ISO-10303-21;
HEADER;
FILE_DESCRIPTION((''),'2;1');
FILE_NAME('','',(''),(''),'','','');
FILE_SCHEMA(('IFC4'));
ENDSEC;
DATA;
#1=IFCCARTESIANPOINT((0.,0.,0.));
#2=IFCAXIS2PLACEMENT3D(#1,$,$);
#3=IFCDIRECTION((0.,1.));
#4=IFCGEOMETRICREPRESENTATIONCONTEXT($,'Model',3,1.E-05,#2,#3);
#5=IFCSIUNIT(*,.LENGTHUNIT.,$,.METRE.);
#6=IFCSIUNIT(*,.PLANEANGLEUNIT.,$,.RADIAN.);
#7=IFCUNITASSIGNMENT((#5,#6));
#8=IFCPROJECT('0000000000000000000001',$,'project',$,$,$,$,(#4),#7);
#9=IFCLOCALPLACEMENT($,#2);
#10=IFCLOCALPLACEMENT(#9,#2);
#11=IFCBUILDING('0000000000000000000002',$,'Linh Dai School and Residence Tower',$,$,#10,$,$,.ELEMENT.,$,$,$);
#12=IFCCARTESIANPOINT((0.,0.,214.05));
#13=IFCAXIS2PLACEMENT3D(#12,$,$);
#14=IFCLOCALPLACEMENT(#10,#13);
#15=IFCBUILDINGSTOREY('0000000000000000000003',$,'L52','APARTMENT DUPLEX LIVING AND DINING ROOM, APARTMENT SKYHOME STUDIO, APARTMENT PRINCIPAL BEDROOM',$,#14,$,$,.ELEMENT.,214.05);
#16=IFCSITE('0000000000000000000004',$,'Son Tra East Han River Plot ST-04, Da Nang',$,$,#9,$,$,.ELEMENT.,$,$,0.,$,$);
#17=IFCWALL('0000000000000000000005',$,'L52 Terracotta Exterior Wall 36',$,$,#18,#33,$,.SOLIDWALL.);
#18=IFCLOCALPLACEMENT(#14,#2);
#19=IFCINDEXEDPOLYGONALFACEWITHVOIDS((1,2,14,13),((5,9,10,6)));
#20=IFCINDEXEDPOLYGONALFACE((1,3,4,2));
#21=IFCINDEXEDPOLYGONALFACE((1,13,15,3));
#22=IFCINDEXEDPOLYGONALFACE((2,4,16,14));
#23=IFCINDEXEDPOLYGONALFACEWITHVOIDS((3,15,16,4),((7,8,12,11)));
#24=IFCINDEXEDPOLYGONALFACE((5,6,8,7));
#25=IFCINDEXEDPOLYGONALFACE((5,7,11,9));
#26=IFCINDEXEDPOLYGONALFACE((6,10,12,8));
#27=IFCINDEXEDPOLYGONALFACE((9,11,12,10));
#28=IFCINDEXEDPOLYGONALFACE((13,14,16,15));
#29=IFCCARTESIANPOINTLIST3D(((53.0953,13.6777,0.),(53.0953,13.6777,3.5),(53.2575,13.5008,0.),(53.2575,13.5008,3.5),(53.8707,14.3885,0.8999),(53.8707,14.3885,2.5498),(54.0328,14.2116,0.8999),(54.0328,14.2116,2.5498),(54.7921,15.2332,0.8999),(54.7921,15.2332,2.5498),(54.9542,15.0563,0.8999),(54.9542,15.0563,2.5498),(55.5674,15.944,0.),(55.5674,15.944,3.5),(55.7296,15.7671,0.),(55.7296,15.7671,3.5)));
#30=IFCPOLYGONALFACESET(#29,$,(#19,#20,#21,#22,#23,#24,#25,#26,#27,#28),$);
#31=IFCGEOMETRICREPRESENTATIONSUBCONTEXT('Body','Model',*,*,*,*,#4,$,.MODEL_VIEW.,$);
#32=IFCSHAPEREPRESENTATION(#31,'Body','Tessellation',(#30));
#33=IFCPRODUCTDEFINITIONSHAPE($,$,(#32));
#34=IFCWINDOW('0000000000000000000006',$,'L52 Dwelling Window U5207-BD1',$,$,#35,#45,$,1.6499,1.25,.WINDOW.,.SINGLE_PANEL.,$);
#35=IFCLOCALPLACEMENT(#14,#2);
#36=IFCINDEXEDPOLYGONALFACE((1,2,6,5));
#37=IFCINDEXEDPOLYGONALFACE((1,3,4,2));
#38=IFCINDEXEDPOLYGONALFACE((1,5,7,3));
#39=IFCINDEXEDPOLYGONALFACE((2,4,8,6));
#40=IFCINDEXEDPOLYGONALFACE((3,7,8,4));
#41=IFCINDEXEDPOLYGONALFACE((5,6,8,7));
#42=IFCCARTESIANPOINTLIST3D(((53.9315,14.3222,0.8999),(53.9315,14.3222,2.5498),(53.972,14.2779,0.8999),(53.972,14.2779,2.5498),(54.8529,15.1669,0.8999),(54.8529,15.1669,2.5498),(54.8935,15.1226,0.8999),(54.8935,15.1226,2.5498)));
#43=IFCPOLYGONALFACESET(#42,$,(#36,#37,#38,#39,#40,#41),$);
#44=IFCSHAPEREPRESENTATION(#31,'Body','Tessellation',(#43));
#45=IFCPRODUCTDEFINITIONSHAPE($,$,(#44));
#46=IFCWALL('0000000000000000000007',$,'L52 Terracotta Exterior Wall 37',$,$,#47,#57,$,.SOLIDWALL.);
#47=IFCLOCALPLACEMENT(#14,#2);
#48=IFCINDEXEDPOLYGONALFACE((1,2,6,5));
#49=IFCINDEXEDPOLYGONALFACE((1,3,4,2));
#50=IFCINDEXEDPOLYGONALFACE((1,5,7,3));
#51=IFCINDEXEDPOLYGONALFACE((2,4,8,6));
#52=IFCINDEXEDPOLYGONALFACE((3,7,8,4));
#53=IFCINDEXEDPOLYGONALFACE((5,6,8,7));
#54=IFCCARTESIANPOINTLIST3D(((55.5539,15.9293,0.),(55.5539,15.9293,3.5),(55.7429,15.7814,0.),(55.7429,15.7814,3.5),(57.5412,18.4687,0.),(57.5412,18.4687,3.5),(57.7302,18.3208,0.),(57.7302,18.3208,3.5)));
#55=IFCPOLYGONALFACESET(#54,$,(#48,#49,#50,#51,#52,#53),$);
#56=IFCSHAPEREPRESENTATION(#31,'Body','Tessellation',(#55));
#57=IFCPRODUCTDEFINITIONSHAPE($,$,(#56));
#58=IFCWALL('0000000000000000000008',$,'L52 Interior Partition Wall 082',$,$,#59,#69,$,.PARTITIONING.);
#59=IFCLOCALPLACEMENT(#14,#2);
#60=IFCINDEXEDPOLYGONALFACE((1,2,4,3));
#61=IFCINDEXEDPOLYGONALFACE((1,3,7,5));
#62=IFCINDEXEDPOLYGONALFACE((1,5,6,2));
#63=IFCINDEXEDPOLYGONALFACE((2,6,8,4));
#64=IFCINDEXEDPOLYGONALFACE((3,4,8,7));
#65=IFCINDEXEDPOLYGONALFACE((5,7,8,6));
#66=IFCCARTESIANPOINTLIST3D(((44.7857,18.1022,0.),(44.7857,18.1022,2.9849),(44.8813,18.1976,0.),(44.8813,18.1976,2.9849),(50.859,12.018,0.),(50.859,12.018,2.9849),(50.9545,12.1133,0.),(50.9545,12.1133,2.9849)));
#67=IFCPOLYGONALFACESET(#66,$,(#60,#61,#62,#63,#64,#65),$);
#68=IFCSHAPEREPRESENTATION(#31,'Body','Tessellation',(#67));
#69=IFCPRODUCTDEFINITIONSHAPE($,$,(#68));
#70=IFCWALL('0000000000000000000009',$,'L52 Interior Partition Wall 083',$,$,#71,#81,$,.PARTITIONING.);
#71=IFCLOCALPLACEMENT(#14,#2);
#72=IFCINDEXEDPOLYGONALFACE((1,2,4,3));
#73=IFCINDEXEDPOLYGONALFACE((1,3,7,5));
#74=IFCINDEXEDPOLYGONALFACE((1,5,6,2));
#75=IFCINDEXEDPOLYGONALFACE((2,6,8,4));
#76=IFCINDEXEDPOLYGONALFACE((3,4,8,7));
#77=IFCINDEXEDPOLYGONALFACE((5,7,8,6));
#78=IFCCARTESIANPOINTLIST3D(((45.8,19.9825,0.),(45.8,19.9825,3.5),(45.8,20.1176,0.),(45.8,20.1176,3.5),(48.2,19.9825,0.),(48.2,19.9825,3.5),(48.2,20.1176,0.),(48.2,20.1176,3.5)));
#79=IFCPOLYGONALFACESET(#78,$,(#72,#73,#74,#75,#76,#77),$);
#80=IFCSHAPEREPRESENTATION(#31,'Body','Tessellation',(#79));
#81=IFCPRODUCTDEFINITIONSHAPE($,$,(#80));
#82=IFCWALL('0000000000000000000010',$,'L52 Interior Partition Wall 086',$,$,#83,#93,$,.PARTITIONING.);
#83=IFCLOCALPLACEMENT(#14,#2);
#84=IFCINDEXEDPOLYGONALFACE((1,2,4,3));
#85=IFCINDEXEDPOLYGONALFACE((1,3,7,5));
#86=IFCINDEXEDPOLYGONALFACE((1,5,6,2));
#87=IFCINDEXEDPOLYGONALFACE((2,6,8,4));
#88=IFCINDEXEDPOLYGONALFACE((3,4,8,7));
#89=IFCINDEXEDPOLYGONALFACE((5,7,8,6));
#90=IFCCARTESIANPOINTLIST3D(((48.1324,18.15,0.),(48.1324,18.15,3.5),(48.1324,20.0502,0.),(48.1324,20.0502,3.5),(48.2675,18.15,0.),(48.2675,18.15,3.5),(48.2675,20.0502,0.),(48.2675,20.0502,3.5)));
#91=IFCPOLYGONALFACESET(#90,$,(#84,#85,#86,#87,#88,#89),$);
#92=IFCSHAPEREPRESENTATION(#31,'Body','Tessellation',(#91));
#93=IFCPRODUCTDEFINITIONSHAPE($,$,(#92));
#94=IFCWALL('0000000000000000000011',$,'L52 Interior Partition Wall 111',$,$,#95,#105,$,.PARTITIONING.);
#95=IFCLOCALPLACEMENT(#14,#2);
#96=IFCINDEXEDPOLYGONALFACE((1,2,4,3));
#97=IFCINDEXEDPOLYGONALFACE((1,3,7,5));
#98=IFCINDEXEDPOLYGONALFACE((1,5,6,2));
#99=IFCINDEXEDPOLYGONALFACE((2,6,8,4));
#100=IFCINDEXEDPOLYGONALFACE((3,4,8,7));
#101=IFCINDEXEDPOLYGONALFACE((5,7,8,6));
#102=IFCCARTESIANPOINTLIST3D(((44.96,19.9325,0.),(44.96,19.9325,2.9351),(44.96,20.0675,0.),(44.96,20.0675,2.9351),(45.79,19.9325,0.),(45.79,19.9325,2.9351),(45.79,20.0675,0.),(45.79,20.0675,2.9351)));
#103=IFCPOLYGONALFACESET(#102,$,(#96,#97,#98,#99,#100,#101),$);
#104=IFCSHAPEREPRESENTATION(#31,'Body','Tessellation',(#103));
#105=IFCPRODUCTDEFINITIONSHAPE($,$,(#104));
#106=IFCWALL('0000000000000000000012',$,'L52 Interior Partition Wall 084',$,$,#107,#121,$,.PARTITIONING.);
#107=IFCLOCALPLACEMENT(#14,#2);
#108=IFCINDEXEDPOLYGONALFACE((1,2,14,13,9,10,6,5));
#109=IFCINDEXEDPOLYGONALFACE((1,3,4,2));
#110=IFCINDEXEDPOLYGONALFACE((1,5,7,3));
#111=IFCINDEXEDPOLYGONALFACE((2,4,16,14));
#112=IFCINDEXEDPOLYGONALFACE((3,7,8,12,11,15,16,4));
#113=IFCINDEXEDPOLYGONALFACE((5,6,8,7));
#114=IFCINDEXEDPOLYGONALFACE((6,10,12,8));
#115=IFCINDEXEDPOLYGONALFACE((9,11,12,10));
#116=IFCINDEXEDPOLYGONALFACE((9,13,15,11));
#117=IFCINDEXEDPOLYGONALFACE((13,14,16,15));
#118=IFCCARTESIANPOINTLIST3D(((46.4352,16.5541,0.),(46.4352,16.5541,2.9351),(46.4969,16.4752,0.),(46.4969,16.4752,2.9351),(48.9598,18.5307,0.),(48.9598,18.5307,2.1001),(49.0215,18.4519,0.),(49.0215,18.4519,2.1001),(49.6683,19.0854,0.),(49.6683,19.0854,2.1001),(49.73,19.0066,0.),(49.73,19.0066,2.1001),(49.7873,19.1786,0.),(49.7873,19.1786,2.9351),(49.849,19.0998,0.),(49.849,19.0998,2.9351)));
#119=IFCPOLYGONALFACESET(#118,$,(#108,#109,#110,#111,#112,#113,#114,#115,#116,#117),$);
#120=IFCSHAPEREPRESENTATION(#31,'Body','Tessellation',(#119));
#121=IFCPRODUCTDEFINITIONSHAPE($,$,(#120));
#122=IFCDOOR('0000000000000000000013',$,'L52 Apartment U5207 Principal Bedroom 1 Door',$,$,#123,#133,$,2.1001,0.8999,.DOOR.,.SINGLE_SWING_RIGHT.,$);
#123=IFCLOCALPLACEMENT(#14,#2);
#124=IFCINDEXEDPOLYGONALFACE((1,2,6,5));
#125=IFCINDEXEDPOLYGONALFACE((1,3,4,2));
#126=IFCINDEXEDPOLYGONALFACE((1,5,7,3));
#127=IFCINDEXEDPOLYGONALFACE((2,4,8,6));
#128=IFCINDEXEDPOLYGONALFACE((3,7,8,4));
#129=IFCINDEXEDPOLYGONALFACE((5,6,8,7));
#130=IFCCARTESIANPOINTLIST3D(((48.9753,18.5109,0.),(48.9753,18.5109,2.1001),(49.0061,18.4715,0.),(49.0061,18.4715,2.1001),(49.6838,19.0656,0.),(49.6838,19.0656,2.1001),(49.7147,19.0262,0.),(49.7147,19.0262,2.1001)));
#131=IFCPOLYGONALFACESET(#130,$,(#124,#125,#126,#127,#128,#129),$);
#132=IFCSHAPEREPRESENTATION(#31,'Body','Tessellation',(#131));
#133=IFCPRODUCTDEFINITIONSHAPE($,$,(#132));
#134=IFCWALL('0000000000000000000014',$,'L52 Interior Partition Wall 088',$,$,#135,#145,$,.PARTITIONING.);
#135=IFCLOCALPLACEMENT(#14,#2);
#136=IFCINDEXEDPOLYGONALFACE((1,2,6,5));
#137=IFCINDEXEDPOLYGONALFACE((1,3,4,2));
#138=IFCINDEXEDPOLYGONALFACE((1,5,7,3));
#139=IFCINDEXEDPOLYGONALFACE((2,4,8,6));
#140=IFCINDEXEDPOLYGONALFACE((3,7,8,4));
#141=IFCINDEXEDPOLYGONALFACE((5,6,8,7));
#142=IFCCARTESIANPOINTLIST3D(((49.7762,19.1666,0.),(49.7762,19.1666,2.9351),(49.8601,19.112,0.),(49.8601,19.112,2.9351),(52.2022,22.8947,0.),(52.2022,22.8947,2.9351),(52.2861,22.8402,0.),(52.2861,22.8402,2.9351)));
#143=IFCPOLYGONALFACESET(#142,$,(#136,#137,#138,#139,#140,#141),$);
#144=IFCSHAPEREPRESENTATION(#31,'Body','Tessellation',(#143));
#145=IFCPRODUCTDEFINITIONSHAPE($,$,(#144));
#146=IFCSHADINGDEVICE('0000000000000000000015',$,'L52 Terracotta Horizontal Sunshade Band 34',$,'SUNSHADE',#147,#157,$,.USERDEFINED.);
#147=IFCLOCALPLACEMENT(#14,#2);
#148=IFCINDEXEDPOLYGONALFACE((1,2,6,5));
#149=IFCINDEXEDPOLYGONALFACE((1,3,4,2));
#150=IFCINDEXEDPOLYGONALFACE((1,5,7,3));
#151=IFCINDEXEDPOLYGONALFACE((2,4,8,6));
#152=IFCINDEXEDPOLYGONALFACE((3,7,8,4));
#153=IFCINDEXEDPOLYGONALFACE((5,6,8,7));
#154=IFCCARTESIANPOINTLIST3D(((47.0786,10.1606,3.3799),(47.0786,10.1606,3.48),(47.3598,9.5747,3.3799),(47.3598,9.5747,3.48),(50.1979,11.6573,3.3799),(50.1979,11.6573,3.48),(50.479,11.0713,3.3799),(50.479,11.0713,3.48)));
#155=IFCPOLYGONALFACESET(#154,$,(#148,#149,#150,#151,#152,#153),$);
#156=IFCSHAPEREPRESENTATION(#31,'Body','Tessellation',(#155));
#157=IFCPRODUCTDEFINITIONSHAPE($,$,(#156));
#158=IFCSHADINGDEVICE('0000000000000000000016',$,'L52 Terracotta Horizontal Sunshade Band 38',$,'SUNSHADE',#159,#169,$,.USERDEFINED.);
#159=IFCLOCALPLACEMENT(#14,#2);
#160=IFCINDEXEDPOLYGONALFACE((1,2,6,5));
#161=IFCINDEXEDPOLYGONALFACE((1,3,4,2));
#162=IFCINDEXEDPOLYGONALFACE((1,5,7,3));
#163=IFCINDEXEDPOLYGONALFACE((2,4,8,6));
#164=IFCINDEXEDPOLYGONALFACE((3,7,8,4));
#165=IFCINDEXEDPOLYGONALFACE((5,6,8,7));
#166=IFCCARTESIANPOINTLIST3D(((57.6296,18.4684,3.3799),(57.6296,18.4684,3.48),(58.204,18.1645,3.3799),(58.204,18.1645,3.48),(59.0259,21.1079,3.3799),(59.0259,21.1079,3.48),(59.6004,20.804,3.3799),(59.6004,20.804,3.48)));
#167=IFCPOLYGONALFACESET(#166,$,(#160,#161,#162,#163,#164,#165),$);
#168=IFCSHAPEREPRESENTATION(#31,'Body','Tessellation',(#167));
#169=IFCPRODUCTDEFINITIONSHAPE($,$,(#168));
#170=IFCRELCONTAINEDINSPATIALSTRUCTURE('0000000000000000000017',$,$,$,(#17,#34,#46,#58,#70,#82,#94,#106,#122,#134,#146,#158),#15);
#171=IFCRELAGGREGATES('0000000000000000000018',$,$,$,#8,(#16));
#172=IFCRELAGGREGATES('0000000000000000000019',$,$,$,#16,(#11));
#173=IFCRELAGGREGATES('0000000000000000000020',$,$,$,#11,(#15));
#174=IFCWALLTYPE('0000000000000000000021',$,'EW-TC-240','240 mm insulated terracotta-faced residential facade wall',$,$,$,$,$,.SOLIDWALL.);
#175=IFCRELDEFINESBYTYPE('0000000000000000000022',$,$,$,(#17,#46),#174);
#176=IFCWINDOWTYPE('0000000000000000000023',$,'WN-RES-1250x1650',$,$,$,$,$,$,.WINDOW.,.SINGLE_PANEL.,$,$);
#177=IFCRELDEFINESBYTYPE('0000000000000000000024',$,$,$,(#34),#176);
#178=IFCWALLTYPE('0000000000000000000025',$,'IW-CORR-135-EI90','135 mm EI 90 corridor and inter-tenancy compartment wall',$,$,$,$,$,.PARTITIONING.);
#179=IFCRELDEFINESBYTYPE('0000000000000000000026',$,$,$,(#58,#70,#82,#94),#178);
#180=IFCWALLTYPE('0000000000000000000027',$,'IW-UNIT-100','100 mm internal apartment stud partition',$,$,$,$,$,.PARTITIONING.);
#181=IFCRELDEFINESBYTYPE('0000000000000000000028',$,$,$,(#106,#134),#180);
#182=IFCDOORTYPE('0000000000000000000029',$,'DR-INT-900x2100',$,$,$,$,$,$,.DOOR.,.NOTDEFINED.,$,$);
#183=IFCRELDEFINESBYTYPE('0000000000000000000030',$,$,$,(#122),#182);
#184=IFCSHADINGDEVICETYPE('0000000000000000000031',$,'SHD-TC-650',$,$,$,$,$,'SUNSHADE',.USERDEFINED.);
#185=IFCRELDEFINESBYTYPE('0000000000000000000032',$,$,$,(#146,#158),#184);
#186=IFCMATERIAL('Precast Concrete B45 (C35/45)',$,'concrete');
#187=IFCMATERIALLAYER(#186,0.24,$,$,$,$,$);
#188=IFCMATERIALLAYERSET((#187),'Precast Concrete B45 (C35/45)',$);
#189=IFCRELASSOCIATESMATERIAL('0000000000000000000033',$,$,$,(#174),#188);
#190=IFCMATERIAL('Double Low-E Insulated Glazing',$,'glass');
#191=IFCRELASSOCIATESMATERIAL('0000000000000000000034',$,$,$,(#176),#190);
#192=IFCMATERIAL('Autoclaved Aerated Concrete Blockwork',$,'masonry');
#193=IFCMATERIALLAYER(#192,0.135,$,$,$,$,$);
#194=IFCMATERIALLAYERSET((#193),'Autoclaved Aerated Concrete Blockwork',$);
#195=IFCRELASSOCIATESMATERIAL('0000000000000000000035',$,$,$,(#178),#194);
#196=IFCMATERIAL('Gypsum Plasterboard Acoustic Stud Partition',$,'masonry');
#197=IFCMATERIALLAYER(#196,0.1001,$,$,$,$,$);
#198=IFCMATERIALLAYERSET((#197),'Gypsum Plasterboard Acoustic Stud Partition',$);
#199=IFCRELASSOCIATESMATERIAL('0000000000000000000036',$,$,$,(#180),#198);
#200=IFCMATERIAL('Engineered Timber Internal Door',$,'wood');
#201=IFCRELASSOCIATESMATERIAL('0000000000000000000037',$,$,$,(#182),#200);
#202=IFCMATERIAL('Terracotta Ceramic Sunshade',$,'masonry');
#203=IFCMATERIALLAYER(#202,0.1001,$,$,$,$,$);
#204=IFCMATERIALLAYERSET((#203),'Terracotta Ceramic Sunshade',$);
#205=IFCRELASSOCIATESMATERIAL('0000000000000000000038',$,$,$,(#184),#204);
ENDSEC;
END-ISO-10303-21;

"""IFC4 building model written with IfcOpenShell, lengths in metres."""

from ifc_helpers import new_model, si_unit, direction, frame, frame_2d, origin, origin_2d, place, context, subcontext, project, spatial, rectangle, extrude, source, transform, mapped, material, layer, layer_set, type_object, element, fill, save


model = new_model("IFC4")

# Units and contexts
model_context = context("Model", 3, precision=1e-05, world=origin(), true_north=direction((0.0, 1.0)))
body_context = subcontext(model_context, "Body", "Model", "MODEL_VIEW")
ifc_project = project(units=[si_unit("LENGTHUNIT", "METRE"), si_unit("PLANEANGLEUNIT", "RADIAN")], contexts=[model_context])

# Site, building, storey
site_placement = place(None, origin())
site = spatial("IfcSite", under=ifc_project, at=site_placement, Name="Son Tra East Han River Plot ST-04, Da Nang", CompositionType="ELEMENT", RefElevation=0.0)
building_placement = place(site_placement, origin())
building = spatial("IfcBuilding", under=site, at=building_placement, Name="Linh Dai School and Residence Tower", CompositionType="ELEMENT")
storey_placement = place(building_placement, frame((0.0, 0.0, 214.05)))
storey = spatial("IfcBuildingStorey", under=building, at=storey_placement, Name="L52", Description="APARTMENT DUPLEX LIVING AND DINING ROOM, APARTMENT SKYHOME STUDIO, APARTMENT PRINCIPAL BEDROOM", CompositionType="ELEMENT", Elevation=214.05)

# Shared definitions
ifc_material_1 = material(Name="Precast Concrete B45 (C35/45)", Category="concrete")

# Shared definitions
ifc_layer_1 = layer(ifc_material_1, 0.24)
ifc_layer_set_1 = layer_set([ifc_layer_1], Name="Precast Concrete B45 (C35/45)")
wall_type_1 = type_object("IfcWallType", Name="EW-TC-240", Description="240 mm insulated terracotta-faced residential facade wall", PredefinedType="SOLIDWALL", material=ifc_layer_set_1)

# Shared definitions
ifc_material_2 = material(Name="Double Low-E Insulated Glazing", Category="glass")

# Wall, opening, window
wall_1_placement = place(storey_placement, frame((55.6484, 15.8555, 0.0), z_axis=(0.0, 0.0, 1.0), x_axis=(-0.737124, -0.675758, 0.0)))
wall_1 = element("IfcWall", 1, at=wall_1_placement, inside=storey, type_object=wall_type_1, Name="L52 Terracotta Exterior Wall 36", PredefinedType="SOLIDWALL", context=body_context, shape_type="SweptSolid", body=[
    extrude(rectangle(XDim=3.3538, YDim=0.24, at=frame_2d((1.6768, 0.0))), origin(), (0.0, 0.0, 1.0), 3.5),
])
opening_1_placement = place(wall_1_placement, frame((1.0518, 0.0, 0.8999)))
opening_1 = element("IfcOpeningElement", 2, at=opening_1_placement, cuts=wall_1, PredefinedType="OPENING", context=body_context, shape_type="SweptSolid", body=[
    extrude(rectangle(XDim=1.25, YDim=1.6499, at=origin_2d()), frame((0.625, 0.1299, 0.825), z_axis=(0.0, -1.0, 0.0), x_axis=(1.0, 0.0, 0.0)), (0.0, 0.0, 1.0), 0.26),
])
window_type_1 = type_object("IfcWindowType", Name="WN-RES-1250x1650", PartitioningType="SINGLE_PANEL", PredefinedType="WINDOW", material=ifc_material_2)
shared_shape_1 = source(origin(), body_context, "Body", "SweptSolid", [
    extrude(rectangle(XDim=1.25, YDim=1.6499, at=origin_2d()), frame((0.625, 0.03, 0.825), z_axis=(0.0, -1.0, 0.0), x_axis=(1.0, 0.0, 0.0)), (0.0, 0.0, 1.0), 0.0601),
])
window_1_placement = place(opening_1_placement, origin())
window_1 = element("IfcWindow", 3, at=window_1_placement, inside=storey, type_object=window_type_1, Name="L52 Dwelling Window U5207-BD1", OverallHeight=1.6499, OverallWidth=1.25, PartitioningType="SINGLE_PANEL", PredefinedType="WINDOW", context=body_context, shape_type="MappedRepresentation", body=[
    mapped(shared_shape_1, transform((0.0, 0.0, 0.0), x_axis=(1.0, 0.0, 0.0), y_axis=(0.0, 1.0, 0.0), z_axis=(0.0, 0.0, 1.0), scale=1.0)),
])
fill(opening_1, window_1)

# Walls
wall_2_placement = place(storey_placement, frame((57.6357, 18.3948, 0.0), z_axis=(0.0, 0.0, 1.0), x_axis=(-0.616312, -0.787502, 0.0)))
element("IfcWall", 4, at=wall_2_placement, inside=storey, type_object=wall_type_1, Name="L52 Terracotta Exterior Wall 37", PredefinedType="SOLIDWALL", context=body_context, shape_type="SweptSolid", body=[
    extrude(rectangle(XDim=3.2246, YDim=0.24, at=frame_2d((1.6123, 0.0))), origin(), (0.0, 0.0, 1.0), 3.5),
])
ifc_material_3 = material(Name="Autoclaved Aerated Concrete Blockwork", Category="masonry")
ifc_layer_2 = layer(ifc_material_3, 0.135)
ifc_layer_set_2 = layer_set([ifc_layer_2], Name="Autoclaved Aerated Concrete Blockwork")
wall_type_2 = type_object("IfcWallType", Name="IW-CORR-135-EI90", Description="135 mm EI 90 corridor and inter-tenancy compartment wall", PredefinedType="PARTITIONING", material=ifc_layer_set_2)
wall_3_placement = place(storey_placement, frame((44.8335, 18.1499, 0.0), z_axis=(0.0, 0.0, 1.0), x_axis=(0.706468, -0.707745, 0.0)))
element("IfcWall", 5, at=wall_3_placement, inside=storey, type_object=wall_type_2, Name="L52 Interior Partition Wall 082", PredefinedType="PARTITIONING", context=body_context, shape_type="SweptSolid", body=[
    extrude(rectangle(XDim=8.5967, YDim=0.135, at=frame_2d((4.2983, 0.0))), origin(), (0.0, 0.0, 1.0), 2.9849),
])
wall_4_placement = place(storey_placement, frame((45.8, 20.05, 0.0), z_axis=(0.0, 0.0, 1.0), x_axis=(1.0, 0.0, 0.0)))
element("IfcWall", 6, at=wall_4_placement, inside=storey, type_object=wall_type_2, Name="L52 Interior Partition Wall 083", PredefinedType="PARTITIONING", context=body_context, shape_type="SweptSolid", body=[
    extrude(rectangle(XDim=2.3999, YDim=0.135, at=frame_2d((1.2, 0.0))), origin(), (0.0, 0.0, 1.0), 3.5),
])
wall_5_placement = place(storey_placement, frame((48.2, 18.1499, 0.0), z_axis=(0.0, 0.0, 1.0), x_axis=(0.0, 1.0, 0.0)))
element("IfcWall", 7, at=wall_5_placement, inside=storey, type_object=wall_type_2, Name="L52 Interior Partition Wall 086", PredefinedType="PARTITIONING", context=body_context, shape_type="SweptSolid", body=[
    extrude(rectangle(XDim=1.9001, YDim=0.135, at=frame_2d((0.9502, 0.0))), origin(), (0.0, 0.0, 1.0), 3.5),
])
wall_6_placement = place(storey_placement, frame((44.96, 20.0, 0.0), z_axis=(0.0, 0.0, 1.0), x_axis=(1.0, 0.0, 0.0)))
element("IfcWall", 8, at=wall_6_placement, inside=storey, type_object=wall_type_2, Name="L52 Interior Partition Wall 111", PredefinedType="PARTITIONING", context=body_context, shape_type="SweptSolid", body=[
    extrude(rectangle(XDim=0.8301, YDim=0.135, at=frame_2d((0.415, 0.0))), origin(), (0.0, 0.0, 1.0), 2.9351),
])

# Wall, opening, door
ifc_material_4 = material(Name="Gypsum Plasterboard Acoustic Stud Partition", Category="masonry")
ifc_layer_3 = layer(ifc_material_4, 0.1001)
ifc_layer_set_3 = layer_set([ifc_layer_3], Name="Gypsum Plasterboard Acoustic Stud Partition")
wall_type_3 = type_object("IfcWallType", Name="IW-UNIT-100", Description="100 mm internal apartment stud partition", PredefinedType="PARTITIONING", material=ifc_layer_set_3)
wall_7_placement = place(storey_placement, frame((46.4661, 16.5146, 0.0), z_axis=(0.0, 0.0, 1.0), x_axis=(0.787372, 0.616478, 0.0)))
wall_7 = element("IfcWall", 9, at=wall_7_placement, inside=storey, type_object=wall_type_3, Name="L52 Interior Partition Wall 084", PredefinedType="PARTITIONING", context=body_context, shape_type="SweptSolid", body=[
    extrude(rectangle(XDim=4.2573, YDim=0.1001, at=frame_2d((2.1287, 0.0))), origin(), (0.0, 0.0, 1.0), 2.9351),
])
opening_2_placement = place(wall_7_placement, frame((3.2063, 0.0, 0.0)))
opening_2 = element("IfcOpeningElement", 10, at=opening_2_placement, cuts=wall_7, PredefinedType="OPENING", context=body_context, shape_type="SweptSolid", body=[
    extrude(rectangle(XDim=0.8999, YDim=2.1001, at=origin_2d()), frame((0.45, 0.0601, 1.05), z_axis=(0.0, -1.0, 0.0), x_axis=(1.0, 0.0, 0.0)), (0.0, 0.0, 1.0), 0.1201),
])
ifc_material_5 = material(Name="Engineered Timber Internal Door", Category="wood")
door_type_1 = type_object("IfcDoorType", Name="DR-INT-900x2100", OperationType="NOTDEFINED", PredefinedType="DOOR", material=ifc_material_5)
shared_shape_2 = source(origin(), body_context, "Body", "SweptSolid", [
    extrude(rectangle(XDim=0.8999, YDim=2.1001, at=origin_2d()), frame((0.45, 0.0249, 1.05), z_axis=(0.0, -1.0, 0.0), x_axis=(1.0, 0.0, 0.0)), (0.0, 0.0, 1.0), 0.05),
])
door_1_placement = place(opening_2_placement, origin())
door_1 = element("IfcDoor", 11, at=door_1_placement, inside=storey, type_object=door_type_1, Name="L52 Apartment U5207 Principal Bedroom 1 Door", OperationType="SINGLE_SWING_RIGHT", OverallHeight=2.1001, OverallWidth=0.8999, PredefinedType="DOOR", context=body_context, shape_type="MappedRepresentation", body=[
    mapped(shared_shape_2, transform((0.0, 0.0, 0.0), x_axis=(1.0, 0.0, 0.0), y_axis=(0.0, 1.0, 0.0), z_axis=(0.0, 0.0, 1.0), scale=1.0)),
])
fill(opening_2, door_1)

# Wall
wall_8_placement = place(storey_placement, frame((49.8181, 19.1392, 0.0), z_axis=(0.0, 0.0, 1.0), x_axis=(0.545407, 0.838171, 0.0)))
element("IfcWall", 12, at=wall_8_placement, inside=storey, type_object=wall_type_3, Name="L52 Interior Partition Wall 088", PredefinedType="PARTITIONING", context=body_context, shape_type="SweptSolid", body=[
    extrude(rectangle(XDim=4.448, YDim=0.1001, at=frame_2d((2.2241, 0.0))), origin(), (0.0, 0.0, 1.0), 2.9351),
])

# Shading devices
ifc_material_6 = material(Name="Terracotta Ceramic Sunshade", Category="masonry")
ifc_layer_4 = layer(ifc_material_6, 0.1001)
ifc_layer_set_4 = layer_set([ifc_layer_4], Name="Terracotta Ceramic Sunshade")
shading_device_type = type_object("IfcShadingDeviceType", Name="SHD-TC-650", ElementType="SUNSHADE", PredefinedType="USERDEFINED", material=ifc_layer_set_4)
shared_shape_3 = source(origin(), body_context, "Body", "SweptSolid", [
    extrude(rectangle(XDim=3.4597, YDim=0.6499, at=origin_2d()), origin(), (0.0, 0.0, 1.0), 0.1001),
])
shading_device_1_placement = place(storey_placement, frame((48.7788, 10.616, 3.3799), z_axis=(0.0, 0.0, 1.0), x_axis=(-0.901589, -0.432594, 0.0)))
element("IfcShadingDevice", 13, at=shading_device_1_placement, inside=storey, type_object=shading_device_type, Name="L52 Terracotta Horizontal Sunshade Band 34", ObjectType="SUNSHADE", PredefinedType="USERDEFINED", context=body_context, shape_type="MappedRepresentation", body=[
    mapped(shared_shape_3, transform((0.0, 0.0, 0.0), x_axis=(1.0, 0.0, 0.0), y_axis=(0.0, 1.0, 0.0), z_axis=(0.0, 0.0, 1.0), scale=1.0)),
])
shared_shape_4 = source(origin(), body_context, "Body", "SweptSolid", [
    extrude(rectangle(XDim=2.9861, YDim=0.6499, at=origin_2d()), origin(), (0.0, 0.0, 1.0), 0.1001),
])
shading_device_2_placement = place(storey_placement, frame((58.615, 19.6362, 3.3799), z_axis=(0.0, 0.0, 1.0), x_axis=(-0.467621, -0.883929, 0.0)))
element("IfcShadingDevice", 14, at=shading_device_2_placement, inside=storey, type_object=shading_device_type, Name="L52 Terracotta Horizontal Sunshade Band 38", ObjectType="SUNSHADE", PredefinedType="USERDEFINED", context=body_context, shape_type="MappedRepresentation", body=[
    mapped(shared_shape_4, transform((0.0, 0.0, 0.0), x_axis=(1.0, 0.0, 0.0), y_axis=(0.0, 1.0, 0.0), z_axis=(0.0, 0.0, 1.0), scale=1.0)),
])

save(model, "model.ifc")
